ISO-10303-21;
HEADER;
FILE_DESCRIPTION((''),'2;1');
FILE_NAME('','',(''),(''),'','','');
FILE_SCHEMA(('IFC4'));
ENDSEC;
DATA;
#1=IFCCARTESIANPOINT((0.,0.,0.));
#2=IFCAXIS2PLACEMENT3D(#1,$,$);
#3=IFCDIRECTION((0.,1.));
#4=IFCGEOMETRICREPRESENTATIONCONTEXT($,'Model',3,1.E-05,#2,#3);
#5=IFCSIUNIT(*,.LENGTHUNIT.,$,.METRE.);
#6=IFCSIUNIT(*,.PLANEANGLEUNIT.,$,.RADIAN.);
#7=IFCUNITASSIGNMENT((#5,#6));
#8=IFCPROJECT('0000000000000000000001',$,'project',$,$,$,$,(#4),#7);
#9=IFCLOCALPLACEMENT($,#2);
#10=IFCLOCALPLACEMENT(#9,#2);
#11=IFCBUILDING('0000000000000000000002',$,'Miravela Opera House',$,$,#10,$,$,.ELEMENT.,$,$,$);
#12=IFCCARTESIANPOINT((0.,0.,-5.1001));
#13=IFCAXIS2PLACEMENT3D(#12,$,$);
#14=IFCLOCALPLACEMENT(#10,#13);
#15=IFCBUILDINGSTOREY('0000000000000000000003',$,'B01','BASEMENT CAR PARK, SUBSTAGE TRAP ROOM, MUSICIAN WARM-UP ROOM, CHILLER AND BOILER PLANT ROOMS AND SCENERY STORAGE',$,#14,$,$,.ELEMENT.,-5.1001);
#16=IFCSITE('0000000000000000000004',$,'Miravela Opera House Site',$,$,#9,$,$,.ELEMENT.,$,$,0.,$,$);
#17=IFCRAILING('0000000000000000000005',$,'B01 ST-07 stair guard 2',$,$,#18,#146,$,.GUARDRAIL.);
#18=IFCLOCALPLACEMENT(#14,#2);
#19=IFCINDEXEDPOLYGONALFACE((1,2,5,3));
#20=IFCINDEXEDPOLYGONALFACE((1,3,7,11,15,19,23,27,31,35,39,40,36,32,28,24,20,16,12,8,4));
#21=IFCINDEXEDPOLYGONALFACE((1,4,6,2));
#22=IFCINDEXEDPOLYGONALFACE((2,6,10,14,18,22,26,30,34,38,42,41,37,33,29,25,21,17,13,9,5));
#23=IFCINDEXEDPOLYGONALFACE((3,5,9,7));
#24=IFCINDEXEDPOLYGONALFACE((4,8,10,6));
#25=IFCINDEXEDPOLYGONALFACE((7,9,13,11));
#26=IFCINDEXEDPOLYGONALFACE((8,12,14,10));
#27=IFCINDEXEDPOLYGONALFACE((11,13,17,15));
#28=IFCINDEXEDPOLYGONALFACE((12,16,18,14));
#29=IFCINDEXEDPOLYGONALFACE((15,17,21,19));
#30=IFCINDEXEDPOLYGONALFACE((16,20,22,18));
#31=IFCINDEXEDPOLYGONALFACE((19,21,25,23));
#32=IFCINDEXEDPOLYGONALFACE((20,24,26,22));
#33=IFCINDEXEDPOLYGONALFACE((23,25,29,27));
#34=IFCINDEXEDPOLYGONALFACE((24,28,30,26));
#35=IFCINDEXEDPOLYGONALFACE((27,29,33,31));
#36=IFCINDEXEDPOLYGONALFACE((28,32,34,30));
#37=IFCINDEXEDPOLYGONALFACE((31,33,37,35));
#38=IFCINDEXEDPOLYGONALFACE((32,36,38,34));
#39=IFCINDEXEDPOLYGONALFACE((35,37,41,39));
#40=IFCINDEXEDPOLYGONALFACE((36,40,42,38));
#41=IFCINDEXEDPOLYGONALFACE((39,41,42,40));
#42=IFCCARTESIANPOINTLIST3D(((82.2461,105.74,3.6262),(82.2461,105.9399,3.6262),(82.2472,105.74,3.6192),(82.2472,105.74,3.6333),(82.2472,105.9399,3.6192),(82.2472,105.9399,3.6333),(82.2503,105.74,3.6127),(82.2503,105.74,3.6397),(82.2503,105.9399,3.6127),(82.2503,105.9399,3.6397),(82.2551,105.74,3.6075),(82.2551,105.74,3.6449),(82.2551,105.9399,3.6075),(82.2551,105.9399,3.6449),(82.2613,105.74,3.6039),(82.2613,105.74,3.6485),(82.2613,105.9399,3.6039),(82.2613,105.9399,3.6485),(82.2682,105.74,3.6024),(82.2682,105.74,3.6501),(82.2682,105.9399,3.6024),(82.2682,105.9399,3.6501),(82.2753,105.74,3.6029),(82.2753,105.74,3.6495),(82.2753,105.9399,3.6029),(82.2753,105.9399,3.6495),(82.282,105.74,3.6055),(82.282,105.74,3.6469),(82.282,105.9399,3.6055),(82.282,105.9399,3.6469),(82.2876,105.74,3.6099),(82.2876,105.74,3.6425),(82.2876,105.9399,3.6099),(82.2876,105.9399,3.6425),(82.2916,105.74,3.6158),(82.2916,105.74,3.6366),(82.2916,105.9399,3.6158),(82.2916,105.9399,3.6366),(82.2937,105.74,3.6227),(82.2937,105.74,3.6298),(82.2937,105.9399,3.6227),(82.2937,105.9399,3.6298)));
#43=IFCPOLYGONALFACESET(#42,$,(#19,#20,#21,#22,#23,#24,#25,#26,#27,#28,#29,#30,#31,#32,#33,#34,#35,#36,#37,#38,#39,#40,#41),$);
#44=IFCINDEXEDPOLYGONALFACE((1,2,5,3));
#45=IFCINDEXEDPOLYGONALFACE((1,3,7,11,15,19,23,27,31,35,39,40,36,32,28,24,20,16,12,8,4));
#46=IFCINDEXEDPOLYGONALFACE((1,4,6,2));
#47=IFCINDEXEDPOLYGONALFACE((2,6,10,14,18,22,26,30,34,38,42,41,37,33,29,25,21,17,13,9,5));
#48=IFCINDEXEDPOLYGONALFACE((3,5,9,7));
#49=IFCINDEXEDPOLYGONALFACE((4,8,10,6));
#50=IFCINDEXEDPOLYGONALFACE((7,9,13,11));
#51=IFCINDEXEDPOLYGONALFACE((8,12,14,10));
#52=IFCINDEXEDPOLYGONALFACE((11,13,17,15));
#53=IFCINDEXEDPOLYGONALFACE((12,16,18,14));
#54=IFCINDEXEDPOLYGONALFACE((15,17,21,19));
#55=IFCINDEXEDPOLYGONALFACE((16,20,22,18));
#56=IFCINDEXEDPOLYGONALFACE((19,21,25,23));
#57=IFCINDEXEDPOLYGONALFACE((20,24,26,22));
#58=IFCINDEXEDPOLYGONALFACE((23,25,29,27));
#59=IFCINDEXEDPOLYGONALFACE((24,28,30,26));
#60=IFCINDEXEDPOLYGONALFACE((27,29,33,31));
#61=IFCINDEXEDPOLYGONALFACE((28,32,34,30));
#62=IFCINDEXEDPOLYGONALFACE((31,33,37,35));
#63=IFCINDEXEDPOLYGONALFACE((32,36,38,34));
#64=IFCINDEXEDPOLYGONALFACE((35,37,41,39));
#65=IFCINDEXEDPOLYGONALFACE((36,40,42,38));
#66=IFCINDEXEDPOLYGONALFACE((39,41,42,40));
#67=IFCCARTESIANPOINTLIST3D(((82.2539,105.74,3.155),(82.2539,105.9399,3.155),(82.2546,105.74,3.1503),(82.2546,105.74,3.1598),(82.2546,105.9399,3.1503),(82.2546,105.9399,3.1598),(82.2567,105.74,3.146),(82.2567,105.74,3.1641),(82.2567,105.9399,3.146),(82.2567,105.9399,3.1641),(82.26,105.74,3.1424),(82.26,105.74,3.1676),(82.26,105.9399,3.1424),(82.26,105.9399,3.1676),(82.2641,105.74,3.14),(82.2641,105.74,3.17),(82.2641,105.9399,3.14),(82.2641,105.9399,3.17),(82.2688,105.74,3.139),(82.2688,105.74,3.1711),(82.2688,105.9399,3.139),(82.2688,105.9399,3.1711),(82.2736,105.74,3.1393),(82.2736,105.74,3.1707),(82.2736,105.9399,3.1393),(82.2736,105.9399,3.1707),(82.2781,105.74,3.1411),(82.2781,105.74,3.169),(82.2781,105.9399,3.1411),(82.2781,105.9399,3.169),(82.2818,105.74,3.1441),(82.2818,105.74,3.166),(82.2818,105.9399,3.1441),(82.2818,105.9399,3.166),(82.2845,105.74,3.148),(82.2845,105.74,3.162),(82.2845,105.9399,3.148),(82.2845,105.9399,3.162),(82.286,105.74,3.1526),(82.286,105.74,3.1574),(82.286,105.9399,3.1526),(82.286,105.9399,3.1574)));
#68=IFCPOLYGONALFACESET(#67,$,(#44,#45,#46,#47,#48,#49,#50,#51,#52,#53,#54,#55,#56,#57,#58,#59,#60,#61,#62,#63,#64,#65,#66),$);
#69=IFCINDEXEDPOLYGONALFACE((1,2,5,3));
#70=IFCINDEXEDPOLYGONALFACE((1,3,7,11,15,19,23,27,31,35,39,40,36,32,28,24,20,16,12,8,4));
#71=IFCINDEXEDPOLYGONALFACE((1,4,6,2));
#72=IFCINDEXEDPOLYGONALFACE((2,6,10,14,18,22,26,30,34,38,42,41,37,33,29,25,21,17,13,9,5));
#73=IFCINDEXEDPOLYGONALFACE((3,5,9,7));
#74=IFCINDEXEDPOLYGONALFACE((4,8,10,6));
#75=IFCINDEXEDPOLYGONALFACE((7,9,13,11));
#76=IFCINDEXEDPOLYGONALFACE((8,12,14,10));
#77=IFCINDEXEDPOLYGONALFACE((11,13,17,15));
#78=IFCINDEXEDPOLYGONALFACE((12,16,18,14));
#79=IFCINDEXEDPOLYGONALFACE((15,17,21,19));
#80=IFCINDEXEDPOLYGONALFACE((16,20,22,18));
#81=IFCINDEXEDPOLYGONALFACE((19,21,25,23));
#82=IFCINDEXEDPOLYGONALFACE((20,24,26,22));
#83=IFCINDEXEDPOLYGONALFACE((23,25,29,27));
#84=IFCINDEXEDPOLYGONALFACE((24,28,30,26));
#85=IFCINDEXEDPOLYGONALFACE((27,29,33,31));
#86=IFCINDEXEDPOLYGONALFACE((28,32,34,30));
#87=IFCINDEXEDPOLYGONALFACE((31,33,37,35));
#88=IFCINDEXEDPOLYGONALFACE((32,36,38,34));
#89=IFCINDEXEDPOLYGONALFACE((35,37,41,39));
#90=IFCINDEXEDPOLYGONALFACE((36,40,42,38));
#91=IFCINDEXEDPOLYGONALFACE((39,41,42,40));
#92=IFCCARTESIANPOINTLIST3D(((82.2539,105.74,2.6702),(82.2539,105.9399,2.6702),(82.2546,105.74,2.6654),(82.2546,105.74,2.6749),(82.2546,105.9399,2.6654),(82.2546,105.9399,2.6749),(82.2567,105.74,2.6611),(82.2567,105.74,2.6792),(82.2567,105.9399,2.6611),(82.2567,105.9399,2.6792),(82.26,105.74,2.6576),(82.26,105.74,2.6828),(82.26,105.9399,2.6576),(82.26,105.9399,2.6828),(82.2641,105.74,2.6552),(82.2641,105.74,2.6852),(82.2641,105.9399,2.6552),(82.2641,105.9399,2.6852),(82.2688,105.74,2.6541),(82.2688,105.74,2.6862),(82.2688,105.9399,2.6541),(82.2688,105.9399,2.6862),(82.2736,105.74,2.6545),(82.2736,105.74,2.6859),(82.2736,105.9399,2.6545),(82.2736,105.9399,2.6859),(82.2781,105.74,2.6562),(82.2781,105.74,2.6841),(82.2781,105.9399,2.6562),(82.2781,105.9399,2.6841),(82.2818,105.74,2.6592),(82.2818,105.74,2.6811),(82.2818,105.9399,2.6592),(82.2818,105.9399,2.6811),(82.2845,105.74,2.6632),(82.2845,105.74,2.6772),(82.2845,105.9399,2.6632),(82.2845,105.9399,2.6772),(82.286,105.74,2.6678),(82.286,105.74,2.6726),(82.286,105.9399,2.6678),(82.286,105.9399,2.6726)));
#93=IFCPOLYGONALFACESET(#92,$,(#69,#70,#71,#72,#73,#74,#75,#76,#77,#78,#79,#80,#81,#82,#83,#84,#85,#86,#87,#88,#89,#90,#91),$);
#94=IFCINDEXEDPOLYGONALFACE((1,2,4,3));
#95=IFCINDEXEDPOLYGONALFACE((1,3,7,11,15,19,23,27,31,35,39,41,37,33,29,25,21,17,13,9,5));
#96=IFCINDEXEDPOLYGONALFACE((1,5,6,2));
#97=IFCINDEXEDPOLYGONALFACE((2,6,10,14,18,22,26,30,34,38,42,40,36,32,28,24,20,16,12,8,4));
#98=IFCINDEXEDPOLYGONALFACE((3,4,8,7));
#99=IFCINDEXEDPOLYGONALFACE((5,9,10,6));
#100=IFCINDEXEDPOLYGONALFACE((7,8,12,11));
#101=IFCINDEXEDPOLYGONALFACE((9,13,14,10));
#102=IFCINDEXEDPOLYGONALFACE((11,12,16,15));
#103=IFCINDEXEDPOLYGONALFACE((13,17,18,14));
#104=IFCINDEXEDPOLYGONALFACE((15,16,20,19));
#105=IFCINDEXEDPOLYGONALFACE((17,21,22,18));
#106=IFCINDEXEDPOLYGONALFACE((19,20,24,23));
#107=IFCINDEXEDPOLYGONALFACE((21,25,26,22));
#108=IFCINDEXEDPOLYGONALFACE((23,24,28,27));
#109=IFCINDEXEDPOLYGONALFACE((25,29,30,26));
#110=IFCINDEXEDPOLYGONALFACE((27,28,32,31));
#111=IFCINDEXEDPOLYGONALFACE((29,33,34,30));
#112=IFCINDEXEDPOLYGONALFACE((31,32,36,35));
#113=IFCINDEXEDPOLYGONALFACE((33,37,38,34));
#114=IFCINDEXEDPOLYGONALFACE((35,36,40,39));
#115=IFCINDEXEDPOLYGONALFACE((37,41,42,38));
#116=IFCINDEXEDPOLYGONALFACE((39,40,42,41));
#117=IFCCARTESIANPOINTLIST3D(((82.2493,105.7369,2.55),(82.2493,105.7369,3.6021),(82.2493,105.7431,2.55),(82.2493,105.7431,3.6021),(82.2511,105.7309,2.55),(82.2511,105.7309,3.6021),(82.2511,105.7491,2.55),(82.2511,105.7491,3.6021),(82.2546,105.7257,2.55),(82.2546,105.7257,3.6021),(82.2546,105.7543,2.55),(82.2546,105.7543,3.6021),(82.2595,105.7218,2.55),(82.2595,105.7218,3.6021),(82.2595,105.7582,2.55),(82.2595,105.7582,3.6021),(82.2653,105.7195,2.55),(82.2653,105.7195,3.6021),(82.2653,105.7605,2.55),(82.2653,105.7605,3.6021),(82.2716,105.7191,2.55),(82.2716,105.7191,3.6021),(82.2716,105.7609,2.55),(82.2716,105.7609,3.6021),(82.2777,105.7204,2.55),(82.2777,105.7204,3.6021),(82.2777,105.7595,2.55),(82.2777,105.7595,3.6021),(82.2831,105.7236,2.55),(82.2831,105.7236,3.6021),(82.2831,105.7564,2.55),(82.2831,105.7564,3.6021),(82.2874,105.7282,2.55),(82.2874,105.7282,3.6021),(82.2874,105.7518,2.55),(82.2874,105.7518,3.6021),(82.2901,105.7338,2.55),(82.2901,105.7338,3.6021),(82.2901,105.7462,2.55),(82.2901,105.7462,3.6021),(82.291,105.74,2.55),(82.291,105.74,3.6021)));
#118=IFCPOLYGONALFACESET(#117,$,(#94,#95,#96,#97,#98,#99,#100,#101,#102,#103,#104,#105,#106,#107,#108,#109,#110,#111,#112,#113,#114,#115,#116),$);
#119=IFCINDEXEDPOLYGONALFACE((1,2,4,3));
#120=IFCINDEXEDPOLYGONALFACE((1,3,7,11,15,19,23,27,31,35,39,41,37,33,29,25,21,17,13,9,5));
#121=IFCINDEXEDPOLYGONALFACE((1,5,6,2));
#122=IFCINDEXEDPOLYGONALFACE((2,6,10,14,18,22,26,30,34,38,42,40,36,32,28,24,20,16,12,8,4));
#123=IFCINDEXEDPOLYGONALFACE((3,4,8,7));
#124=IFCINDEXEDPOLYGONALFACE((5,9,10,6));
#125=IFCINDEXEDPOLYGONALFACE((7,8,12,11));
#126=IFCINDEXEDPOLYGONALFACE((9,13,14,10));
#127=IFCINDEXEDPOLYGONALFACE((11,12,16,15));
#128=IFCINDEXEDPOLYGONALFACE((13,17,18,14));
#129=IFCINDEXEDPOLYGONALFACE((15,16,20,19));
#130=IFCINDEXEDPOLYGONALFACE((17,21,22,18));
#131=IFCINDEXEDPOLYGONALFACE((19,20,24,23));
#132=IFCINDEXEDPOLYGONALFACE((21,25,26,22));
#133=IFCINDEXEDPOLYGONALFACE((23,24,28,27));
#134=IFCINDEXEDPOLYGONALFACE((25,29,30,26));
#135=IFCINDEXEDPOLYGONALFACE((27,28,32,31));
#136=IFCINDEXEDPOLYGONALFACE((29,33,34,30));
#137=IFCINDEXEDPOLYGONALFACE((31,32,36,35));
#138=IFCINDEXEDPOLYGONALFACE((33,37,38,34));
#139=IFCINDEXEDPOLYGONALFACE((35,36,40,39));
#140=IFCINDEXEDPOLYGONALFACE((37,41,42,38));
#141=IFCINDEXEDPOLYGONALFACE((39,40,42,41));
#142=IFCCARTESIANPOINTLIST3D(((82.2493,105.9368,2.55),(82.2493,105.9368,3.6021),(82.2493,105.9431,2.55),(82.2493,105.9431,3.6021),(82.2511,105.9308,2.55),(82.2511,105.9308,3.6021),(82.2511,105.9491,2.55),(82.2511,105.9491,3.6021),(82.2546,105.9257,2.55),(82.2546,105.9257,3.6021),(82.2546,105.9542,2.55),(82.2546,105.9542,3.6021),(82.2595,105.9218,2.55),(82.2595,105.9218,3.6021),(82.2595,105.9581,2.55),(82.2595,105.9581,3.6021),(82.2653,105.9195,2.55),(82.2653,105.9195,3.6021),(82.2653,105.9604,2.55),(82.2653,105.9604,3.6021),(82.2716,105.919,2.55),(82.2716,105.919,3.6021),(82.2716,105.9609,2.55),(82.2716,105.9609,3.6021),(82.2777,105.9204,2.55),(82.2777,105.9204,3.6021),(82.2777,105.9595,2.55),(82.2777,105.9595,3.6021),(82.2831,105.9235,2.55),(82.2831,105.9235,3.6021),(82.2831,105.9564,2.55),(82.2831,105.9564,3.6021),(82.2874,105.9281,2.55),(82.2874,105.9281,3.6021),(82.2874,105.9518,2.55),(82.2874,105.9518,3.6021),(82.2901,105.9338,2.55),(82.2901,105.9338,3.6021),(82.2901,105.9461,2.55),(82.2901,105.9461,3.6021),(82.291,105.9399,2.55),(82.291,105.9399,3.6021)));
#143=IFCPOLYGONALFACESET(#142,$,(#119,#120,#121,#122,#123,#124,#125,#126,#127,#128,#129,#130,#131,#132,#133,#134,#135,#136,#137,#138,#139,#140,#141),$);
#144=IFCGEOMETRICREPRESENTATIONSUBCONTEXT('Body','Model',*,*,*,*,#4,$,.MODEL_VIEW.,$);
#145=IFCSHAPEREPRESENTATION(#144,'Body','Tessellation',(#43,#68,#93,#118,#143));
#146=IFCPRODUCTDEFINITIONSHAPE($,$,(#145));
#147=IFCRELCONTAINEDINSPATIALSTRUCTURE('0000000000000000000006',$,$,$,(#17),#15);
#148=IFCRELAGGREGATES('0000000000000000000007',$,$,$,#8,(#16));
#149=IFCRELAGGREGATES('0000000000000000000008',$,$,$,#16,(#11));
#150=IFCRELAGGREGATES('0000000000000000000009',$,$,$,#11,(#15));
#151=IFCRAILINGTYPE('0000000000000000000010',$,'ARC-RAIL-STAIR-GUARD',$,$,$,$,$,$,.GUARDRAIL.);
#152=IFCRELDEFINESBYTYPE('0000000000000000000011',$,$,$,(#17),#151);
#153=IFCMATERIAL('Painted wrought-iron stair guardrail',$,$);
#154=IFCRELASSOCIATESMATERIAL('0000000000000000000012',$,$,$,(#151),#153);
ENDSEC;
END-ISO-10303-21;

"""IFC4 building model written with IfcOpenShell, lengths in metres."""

from ifc_helpers import new_model, si_unit, direction, frame, origin, origin_2d, place, context, subcontext, project, spatial, circle, extrude, material, type_object, element, save


model = new_model("IFC4")

# Units and contexts
model_context = context("Model", 3, precision=1e-05, world=origin(), true_north=direction((0.0, 1.0)))
body_context = subcontext(model_context, "Body", "Model", "MODEL_VIEW")
ifc_project = project(units=[si_unit("LENGTHUNIT", "METRE"), si_unit("PLANEANGLEUNIT", "RADIAN")], contexts=[model_context])

# Site, building, storey
site_placement = place(None, origin())
site = spatial("IfcSite", under=ifc_project, at=site_placement, Name="Miravela Opera House Site", CompositionType="ELEMENT", RefElevation=0.0)
building_placement = place(site_placement, origin())
building = spatial("IfcBuilding", under=site, at=building_placement, Name="Miravela Opera House", CompositionType="ELEMENT")
storey_placement = place(building_placement, frame((0.0, 0.0, -5.1001)))
storey = spatial("IfcBuildingStorey", under=building, at=storey_placement, Name="B01", Description="BASEMENT CAR PARK, SUBSTAGE TRAP ROOM, MUSICIAN WARM-UP ROOM, CHILLER AND BOILER PLANT ROOMS AND SCENERY STORAGE", CompositionType="ELEMENT", Elevation=-5.1001)

# Railing
ifc_material_1 = material(Name="Painted wrought-iron stair guardrail")
railing_type_1 = type_object("IfcRailingType", Name="ARC-RAIL-STAIR-GUARD", PredefinedType="GUARDRAIL", material=ifc_material_1)
railing_1_placement = place(storey_placement, frame((82.27, 105.74, 2.55)))
element("IfcRailing", 1, at=railing_1_placement, inside=storey, type_object=railing_type_1, Name="B01 ST-07 stair guard 2", PredefinedType="GUARDRAIL", context=body_context, shape_type="SweptSolid", body=[
    extrude(circle(Radius=0.0239, at=origin_2d()), frame((0.0, 0.0, 1.0762), z_axis=(0.0, 1.0, 0.0), x_axis=(-1.0, 0.0, 0.0)), (0.0, 0.0, 1.0), 0.2),
    extrude(circle(Radius=0.0161, at=origin_2d()), frame((0.0, 0.0, 0.605), z_axis=(0.0, 1.0, 0.0), x_axis=(-1.0, 0.0, 0.0)), (0.0, 0.0, 1.0), 0.2),
    extrude(circle(Radius=0.0161, at=origin_2d()), frame((0.0, 0.0, 0.1201), z_axis=(0.0, 1.0, 0.0), x_axis=(-1.0, 0.0, 0.0)), (0.0, 0.0, 1.0), 0.2),
    extrude(circle(Radius=0.021, at=origin_2d()), origin(), (0.0, 0.0, 1.0), 1.052),
    extrude(circle(Radius=0.021, at=origin_2d()), frame((0.0, 0.2, 0.0)), (0.0, 0.0, 1.0), 1.052),
])

save(model, "model.ifc")
